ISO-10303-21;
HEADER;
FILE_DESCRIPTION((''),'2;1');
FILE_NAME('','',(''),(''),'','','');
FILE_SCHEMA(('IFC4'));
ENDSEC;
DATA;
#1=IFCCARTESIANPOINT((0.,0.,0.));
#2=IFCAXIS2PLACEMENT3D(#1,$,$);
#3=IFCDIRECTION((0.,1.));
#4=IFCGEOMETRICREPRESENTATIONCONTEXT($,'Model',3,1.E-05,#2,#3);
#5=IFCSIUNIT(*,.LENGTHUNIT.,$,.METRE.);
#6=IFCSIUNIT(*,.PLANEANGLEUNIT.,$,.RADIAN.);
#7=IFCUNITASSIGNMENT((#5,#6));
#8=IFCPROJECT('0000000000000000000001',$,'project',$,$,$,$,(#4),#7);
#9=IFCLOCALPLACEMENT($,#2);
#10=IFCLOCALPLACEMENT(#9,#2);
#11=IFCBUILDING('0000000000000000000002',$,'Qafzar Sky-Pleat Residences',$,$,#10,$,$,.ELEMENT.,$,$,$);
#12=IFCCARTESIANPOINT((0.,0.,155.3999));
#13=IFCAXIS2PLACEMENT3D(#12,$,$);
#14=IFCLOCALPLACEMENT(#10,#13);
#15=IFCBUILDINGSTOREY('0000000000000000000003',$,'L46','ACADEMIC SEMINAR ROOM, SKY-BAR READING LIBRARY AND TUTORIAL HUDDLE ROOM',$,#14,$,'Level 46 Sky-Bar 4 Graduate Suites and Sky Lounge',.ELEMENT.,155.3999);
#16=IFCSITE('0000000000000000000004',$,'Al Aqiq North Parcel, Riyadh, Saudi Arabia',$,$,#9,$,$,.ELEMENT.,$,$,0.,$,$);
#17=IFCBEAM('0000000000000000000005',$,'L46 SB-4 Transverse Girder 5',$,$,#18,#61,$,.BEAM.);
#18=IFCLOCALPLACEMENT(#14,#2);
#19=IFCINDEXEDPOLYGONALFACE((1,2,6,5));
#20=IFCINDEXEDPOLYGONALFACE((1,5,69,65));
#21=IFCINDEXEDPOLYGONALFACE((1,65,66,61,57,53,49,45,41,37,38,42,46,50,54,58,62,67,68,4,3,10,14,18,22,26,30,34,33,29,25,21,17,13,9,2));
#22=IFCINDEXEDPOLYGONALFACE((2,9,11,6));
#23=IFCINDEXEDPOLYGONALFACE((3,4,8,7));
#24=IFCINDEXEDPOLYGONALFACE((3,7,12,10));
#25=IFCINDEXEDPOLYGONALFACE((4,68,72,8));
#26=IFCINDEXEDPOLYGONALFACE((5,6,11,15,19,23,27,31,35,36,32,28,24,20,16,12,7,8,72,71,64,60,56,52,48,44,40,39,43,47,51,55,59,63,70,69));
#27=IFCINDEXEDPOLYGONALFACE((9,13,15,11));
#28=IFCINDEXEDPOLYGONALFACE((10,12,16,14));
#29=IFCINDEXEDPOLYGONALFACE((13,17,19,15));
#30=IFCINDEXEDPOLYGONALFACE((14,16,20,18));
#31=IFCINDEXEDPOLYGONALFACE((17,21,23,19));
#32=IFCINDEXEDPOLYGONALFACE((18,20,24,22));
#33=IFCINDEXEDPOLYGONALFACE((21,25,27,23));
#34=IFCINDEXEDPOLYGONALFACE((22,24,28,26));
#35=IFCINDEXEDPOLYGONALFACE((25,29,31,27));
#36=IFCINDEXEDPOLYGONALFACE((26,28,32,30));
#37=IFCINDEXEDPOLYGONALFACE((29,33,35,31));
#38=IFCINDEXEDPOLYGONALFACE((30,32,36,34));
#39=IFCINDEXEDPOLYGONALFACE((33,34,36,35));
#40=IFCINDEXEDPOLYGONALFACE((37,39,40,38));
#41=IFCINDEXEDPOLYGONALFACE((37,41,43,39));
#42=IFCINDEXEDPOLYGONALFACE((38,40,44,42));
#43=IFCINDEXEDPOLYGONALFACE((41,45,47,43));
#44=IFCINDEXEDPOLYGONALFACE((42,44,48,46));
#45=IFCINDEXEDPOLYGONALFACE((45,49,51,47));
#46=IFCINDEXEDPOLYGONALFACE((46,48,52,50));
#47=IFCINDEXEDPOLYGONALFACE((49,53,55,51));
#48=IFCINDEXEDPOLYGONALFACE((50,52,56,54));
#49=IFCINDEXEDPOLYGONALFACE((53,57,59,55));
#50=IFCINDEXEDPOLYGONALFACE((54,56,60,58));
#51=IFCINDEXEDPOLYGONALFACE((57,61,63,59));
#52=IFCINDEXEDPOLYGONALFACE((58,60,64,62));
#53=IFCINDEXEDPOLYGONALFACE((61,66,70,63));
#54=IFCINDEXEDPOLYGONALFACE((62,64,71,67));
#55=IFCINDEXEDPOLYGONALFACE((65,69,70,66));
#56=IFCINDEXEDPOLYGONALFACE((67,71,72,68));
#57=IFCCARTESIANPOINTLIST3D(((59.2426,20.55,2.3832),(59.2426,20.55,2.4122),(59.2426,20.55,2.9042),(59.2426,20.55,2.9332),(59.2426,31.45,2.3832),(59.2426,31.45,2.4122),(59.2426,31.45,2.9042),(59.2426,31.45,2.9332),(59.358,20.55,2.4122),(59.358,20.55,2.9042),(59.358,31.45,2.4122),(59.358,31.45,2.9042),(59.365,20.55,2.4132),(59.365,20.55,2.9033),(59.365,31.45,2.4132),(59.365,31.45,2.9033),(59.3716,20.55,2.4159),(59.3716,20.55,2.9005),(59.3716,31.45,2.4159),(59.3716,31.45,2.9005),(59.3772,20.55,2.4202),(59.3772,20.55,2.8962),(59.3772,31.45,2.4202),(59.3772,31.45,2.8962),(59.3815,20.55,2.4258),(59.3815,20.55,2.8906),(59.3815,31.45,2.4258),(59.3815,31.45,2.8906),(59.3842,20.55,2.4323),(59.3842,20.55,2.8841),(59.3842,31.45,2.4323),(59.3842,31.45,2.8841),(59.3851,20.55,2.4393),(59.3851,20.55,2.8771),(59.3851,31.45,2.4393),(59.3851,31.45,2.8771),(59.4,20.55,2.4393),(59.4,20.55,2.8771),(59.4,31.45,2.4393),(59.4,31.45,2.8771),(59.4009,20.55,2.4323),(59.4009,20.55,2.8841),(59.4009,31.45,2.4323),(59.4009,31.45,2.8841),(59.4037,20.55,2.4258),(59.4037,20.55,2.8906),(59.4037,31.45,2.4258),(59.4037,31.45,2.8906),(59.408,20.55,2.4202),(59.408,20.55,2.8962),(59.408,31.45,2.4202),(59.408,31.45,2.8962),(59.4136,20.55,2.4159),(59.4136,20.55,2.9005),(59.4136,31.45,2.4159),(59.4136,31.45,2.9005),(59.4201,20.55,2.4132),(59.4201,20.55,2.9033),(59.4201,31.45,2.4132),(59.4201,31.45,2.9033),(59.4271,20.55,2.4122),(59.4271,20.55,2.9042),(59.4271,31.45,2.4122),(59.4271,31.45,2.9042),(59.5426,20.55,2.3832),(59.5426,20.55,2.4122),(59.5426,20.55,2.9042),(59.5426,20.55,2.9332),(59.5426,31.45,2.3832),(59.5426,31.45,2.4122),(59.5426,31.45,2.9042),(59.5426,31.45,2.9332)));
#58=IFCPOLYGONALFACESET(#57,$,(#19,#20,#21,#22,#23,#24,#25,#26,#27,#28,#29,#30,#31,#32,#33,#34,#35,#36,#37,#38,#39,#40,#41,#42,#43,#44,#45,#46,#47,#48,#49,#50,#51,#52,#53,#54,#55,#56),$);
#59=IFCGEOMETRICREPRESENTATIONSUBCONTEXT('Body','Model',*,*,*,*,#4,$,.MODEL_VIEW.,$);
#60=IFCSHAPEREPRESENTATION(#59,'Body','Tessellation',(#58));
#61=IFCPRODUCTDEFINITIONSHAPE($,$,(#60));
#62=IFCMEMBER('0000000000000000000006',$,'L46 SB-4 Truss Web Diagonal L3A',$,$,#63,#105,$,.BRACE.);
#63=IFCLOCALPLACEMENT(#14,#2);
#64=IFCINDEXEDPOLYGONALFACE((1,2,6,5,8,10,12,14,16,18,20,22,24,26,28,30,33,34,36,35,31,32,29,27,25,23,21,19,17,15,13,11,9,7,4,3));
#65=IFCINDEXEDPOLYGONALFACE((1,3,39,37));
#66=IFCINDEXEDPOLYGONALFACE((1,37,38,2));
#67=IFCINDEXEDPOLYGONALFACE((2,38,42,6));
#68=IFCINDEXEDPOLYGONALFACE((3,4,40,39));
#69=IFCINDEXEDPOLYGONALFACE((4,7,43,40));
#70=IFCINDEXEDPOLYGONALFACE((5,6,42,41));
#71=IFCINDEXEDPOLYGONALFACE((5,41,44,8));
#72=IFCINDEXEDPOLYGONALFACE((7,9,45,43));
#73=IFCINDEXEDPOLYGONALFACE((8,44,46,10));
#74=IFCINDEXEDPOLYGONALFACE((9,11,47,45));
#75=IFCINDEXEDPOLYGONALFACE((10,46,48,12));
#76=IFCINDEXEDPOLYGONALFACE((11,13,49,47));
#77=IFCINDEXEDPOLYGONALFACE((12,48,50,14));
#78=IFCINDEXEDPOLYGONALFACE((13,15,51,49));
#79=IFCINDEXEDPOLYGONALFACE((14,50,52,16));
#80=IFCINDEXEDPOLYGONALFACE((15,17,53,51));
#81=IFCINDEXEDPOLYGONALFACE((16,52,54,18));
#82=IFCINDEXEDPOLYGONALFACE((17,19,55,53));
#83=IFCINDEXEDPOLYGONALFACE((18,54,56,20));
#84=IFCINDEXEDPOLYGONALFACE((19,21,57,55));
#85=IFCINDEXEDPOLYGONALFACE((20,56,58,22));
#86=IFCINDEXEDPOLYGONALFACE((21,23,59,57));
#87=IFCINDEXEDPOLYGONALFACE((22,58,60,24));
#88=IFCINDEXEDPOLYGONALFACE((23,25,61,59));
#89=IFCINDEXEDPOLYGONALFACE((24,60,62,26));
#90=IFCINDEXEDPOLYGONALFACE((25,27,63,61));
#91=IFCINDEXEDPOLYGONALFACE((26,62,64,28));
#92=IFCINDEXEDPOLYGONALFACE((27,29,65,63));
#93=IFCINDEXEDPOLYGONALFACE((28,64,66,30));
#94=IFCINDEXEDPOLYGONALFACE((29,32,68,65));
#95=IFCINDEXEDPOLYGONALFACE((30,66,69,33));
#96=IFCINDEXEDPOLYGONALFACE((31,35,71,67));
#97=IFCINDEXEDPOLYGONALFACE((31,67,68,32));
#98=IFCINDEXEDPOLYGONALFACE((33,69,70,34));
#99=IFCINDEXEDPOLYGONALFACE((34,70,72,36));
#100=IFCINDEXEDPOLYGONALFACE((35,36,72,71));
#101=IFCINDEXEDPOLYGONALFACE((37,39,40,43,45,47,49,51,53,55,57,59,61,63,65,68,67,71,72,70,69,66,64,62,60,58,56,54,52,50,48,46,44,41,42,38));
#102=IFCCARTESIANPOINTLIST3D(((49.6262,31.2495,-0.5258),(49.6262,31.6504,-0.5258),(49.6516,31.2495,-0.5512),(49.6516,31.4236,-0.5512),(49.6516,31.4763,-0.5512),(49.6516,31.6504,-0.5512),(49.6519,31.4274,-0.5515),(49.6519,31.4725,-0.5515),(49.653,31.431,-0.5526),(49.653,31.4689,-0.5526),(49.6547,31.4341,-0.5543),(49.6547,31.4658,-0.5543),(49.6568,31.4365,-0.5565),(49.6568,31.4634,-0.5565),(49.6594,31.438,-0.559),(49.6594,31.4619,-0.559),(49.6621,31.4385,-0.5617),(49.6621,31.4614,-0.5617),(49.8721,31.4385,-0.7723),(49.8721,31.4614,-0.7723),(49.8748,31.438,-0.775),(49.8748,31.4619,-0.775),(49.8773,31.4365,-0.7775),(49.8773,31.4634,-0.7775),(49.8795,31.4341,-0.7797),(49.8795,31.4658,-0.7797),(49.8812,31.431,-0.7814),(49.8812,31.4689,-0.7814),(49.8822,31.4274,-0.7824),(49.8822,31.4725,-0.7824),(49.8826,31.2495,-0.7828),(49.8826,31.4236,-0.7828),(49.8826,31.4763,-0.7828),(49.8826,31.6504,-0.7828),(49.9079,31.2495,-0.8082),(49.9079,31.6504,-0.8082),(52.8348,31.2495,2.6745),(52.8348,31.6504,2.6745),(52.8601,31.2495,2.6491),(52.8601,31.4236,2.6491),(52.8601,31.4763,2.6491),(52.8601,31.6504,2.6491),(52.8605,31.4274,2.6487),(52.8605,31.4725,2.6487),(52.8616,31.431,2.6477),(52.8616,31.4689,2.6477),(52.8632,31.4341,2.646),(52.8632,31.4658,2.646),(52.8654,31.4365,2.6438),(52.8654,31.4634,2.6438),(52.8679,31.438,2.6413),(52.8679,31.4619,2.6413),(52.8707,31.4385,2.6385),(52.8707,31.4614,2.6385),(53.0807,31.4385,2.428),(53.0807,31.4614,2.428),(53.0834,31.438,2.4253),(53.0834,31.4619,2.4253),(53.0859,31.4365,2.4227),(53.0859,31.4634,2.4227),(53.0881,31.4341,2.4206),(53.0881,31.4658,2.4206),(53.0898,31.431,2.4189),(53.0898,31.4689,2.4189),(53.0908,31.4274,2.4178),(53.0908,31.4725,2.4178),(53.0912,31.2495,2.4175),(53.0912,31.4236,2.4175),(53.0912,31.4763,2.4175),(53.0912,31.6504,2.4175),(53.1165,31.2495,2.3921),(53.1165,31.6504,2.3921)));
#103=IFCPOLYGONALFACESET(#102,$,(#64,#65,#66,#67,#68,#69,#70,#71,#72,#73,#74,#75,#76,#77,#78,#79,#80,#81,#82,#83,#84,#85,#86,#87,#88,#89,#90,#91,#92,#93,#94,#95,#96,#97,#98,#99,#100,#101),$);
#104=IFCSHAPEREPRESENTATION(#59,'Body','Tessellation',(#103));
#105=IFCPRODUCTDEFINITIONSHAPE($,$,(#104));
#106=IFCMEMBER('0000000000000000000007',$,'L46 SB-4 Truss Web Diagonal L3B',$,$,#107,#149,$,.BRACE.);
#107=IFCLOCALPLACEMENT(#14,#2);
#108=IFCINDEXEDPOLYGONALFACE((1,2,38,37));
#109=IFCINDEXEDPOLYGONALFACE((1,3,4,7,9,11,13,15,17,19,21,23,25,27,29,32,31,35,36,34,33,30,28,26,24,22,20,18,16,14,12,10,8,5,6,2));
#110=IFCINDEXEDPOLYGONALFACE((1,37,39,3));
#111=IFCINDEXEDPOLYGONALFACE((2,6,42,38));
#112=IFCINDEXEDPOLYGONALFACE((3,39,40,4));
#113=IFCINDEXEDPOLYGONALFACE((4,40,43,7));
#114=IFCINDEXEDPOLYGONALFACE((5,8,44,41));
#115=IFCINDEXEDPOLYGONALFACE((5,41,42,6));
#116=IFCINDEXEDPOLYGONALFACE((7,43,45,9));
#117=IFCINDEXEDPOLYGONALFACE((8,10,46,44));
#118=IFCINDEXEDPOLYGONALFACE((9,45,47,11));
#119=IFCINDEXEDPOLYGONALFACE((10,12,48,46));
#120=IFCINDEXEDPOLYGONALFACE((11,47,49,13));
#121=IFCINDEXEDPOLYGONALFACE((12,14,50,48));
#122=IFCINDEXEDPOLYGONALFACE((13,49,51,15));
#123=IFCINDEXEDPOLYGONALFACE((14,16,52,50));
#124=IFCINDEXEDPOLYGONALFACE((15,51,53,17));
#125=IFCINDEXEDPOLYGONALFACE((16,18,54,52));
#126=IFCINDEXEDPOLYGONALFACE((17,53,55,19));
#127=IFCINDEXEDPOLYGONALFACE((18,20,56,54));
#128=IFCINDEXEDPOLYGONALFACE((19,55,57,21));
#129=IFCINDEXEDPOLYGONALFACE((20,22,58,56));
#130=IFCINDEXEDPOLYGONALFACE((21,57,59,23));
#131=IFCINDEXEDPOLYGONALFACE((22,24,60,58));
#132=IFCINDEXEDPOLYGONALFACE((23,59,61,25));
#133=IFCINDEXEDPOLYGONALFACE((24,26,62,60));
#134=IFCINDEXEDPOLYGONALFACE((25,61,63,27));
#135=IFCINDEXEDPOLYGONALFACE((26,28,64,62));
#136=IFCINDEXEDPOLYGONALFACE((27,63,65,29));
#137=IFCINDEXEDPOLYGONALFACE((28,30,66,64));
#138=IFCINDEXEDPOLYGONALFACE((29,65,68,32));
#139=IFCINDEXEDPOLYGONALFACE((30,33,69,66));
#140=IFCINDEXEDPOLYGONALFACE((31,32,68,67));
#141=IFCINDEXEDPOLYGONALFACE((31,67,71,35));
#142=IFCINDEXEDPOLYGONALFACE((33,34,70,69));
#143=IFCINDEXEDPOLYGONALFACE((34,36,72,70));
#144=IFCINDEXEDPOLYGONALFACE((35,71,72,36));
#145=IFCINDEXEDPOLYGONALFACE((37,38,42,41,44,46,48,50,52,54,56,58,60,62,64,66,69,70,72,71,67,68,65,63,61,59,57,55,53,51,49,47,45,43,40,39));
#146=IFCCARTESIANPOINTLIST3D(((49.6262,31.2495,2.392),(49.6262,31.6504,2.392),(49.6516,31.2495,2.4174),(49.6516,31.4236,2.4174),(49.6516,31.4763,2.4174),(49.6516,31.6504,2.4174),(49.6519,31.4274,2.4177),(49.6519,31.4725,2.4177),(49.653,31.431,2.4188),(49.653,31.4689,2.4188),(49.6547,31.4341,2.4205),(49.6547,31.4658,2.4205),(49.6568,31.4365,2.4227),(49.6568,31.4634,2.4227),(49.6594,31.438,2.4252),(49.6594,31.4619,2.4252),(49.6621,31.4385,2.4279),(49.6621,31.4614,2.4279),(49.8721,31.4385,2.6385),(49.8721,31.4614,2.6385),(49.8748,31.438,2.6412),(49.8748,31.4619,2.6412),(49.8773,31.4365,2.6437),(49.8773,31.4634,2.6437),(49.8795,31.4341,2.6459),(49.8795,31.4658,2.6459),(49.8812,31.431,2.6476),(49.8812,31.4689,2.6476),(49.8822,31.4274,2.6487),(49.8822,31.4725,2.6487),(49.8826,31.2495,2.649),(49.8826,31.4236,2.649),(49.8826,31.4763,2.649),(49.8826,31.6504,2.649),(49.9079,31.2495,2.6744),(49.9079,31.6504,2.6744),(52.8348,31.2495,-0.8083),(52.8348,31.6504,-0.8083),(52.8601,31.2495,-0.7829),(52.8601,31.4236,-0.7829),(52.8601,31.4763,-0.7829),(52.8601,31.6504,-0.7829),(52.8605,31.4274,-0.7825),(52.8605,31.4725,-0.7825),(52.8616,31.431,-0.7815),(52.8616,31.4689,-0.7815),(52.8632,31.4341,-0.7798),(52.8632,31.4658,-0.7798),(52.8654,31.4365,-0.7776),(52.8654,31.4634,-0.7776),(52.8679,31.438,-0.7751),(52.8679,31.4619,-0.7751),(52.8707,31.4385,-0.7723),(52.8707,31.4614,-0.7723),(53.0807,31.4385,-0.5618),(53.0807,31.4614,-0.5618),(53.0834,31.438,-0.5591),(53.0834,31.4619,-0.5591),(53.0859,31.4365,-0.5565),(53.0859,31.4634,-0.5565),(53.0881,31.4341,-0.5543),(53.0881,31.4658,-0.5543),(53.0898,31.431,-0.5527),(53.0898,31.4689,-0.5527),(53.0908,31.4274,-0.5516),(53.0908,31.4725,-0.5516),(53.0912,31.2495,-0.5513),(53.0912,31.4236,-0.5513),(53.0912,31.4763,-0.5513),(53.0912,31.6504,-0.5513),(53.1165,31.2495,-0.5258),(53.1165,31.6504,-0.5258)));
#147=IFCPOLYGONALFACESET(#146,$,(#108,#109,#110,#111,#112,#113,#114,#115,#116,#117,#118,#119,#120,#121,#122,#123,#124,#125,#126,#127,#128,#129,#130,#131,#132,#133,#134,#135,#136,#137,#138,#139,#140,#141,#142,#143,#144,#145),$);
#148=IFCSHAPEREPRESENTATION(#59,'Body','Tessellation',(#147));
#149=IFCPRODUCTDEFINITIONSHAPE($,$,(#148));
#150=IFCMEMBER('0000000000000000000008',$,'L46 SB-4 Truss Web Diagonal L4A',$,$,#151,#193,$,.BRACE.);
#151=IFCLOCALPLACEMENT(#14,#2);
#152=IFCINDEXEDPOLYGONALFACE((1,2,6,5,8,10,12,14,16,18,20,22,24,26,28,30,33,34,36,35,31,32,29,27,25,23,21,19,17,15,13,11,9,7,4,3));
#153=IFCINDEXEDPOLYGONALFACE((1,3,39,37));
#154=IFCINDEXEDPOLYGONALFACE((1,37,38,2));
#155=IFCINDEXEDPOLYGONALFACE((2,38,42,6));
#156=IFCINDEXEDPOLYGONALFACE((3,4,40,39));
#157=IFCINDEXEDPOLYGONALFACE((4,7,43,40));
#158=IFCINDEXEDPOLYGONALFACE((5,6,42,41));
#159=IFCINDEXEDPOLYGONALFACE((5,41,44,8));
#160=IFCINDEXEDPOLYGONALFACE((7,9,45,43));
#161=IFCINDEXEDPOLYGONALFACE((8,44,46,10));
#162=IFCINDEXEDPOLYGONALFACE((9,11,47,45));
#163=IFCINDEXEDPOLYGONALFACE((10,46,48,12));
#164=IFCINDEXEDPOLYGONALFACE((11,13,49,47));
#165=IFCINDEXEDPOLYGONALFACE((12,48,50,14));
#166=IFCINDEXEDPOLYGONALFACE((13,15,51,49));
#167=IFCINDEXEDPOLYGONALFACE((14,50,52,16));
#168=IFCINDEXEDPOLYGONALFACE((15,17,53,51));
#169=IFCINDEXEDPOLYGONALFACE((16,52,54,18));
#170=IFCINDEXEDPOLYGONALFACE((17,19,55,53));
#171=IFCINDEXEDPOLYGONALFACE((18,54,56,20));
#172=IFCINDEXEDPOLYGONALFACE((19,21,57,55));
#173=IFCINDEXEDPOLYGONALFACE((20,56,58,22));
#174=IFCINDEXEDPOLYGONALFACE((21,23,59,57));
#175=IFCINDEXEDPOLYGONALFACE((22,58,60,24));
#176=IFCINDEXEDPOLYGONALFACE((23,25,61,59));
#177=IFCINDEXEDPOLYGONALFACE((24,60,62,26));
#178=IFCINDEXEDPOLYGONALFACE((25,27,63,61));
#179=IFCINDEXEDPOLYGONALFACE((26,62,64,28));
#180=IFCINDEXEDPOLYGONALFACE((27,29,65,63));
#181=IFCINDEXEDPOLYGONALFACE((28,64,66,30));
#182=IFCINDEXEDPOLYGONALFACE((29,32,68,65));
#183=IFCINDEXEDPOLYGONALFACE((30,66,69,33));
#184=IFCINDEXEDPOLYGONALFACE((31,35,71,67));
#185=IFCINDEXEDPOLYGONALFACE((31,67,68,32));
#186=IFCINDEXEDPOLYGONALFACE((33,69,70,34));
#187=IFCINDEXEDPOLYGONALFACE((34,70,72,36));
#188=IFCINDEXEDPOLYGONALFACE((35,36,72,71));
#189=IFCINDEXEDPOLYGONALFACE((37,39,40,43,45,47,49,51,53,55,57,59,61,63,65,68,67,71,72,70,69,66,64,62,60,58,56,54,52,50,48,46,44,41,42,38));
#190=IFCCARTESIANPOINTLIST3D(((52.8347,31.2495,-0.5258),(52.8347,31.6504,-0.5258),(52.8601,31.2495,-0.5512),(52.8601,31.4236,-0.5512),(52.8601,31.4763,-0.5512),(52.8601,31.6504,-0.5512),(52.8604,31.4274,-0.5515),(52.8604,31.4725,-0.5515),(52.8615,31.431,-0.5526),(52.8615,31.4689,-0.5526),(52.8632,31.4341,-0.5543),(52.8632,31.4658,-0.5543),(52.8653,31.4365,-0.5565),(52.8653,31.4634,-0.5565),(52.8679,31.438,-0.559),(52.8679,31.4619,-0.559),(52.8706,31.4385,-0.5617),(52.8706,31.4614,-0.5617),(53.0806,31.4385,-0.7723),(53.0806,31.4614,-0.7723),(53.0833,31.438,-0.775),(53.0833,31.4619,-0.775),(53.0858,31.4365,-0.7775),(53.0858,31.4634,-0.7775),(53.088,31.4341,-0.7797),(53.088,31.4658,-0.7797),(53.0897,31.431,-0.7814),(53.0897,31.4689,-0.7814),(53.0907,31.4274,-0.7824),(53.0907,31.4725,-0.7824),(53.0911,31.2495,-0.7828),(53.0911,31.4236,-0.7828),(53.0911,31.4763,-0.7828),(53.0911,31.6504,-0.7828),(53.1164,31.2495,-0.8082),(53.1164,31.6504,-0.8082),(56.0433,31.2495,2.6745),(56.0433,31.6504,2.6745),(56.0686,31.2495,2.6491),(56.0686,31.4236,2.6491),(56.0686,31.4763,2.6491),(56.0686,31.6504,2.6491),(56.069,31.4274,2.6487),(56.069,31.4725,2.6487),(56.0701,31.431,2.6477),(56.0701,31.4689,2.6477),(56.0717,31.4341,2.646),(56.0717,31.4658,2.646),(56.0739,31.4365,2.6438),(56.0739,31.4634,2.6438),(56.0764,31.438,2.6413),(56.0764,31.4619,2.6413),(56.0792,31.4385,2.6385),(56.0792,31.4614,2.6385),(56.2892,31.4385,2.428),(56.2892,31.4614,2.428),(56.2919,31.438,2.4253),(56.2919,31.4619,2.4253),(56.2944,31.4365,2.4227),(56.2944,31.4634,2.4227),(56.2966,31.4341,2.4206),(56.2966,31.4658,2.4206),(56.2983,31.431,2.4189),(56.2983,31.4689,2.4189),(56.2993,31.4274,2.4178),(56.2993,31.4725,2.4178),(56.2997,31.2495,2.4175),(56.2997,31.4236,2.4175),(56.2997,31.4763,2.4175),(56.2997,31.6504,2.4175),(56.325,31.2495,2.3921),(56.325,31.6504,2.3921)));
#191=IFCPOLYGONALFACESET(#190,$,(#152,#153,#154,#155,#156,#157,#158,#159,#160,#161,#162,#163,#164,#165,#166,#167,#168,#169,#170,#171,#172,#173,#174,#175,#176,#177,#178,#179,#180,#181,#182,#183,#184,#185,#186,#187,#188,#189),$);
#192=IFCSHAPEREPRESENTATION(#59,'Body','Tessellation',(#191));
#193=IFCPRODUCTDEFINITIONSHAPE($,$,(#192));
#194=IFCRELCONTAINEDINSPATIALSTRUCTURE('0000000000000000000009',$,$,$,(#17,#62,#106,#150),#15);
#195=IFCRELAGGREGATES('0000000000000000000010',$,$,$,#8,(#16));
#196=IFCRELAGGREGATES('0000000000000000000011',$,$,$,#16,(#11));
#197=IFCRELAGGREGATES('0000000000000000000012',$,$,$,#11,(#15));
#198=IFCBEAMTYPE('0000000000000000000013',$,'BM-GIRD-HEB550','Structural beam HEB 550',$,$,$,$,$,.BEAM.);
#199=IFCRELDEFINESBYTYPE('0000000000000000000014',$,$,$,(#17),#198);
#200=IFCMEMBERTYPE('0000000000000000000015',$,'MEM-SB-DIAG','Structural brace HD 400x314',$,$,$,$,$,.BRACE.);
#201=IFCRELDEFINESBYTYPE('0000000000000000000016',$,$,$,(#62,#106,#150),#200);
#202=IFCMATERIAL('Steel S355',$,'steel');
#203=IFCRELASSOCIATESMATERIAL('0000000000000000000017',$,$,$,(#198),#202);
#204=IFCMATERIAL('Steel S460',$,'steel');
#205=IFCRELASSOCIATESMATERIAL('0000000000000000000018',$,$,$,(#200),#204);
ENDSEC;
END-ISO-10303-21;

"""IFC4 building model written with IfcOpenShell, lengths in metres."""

from ifc_helpers import new_model, si_unit, direction, frame, origin, origin_2d, place, context, subcontext, project, spatial, i_section, extrude, source, transform, mapped, material, material_profile, profile_set, type_object, element, save


model = new_model("IFC4")

# Units and contexts
model_context = context("Model", 3, precision=1e-05, world=origin(), true_north=direction((0.0, 1.0)))
body_context = subcontext(model_context, "Body", "Model", "MODEL_VIEW")
ifc_project = project(units=[si_unit("LENGTHUNIT", "METRE"), si_unit("PLANEANGLEUNIT", "RADIAN")], contexts=[model_context])

# Site, building, storey
site_placement = place(None, origin())
site = spatial("IfcSite", under=ifc_project, at=site_placement, Name="Al Aqiq North Parcel, Riyadh, Saudi Arabia", CompositionType="ELEMENT", RefElevation=0.0)
building_placement = place(site_placement, origin())
building = spatial("IfcBuilding", under=site, at=building_placement, Name="Qafzar Sky-Pleat Residences", CompositionType="ELEMENT")
storey_placement = place(building_placement, frame((0.0, 0.0, 155.3999)))
storey = spatial("IfcBuildingStorey", under=building, at=storey_placement, Name="L46", Description="ACADEMIC SEMINAR ROOM, SKY-BAR READING LIBRARY AND TUTORIAL HUDDLE ROOM", LongName="Level 46 Sky-Bar 4 Graduate Suites and Sky Lounge", CompositionType="ELEMENT", Elevation=155.3999)

# Beam
ifc_material_1 = material(Name="Steel S460", Category="steel")
ifc_material_2 = material(Name="Steel S355", Category="steel")
ifc_material_profile_1 = material_profile(ifc_material_2, i_section(OverallWidth=0.3, OverallDepth=0.55, WebThickness=0.0149, FlangeThickness=0.0291, FilletRadius=0.0271, at=origin_2d()), Name="HEB 550")
ifc_profile_set_1 = profile_set([ifc_material_profile_1], Name="Steel S355")
beam_type_1 = type_object("IfcBeamType", Name="BM-GIRD-HEB550", Description="Structural beam HEB 550", PredefinedType="BEAM", material=ifc_profile_set_1)
shared_shape_1 = source(origin(), body_context, "Body", "SweptSolid", [
    extrude(i_section(OverallWidth=0.3, OverallDepth=0.55, WebThickness=0.0149, FlangeThickness=0.0291, FilletRadius=0.0271, at=origin_2d()), origin(), (0.0, 0.0, 1.0), 10.8999),
])
for number, where, z_axis, x_axis, name in (
    (1, (59.3926, 31.45, 2.6582), (0.0, -1.0, 0.0), (1.0, 0.0, 0.0), "L46 SB-4 Transverse Girder 5"),
):
    element("IfcBeam", number, at=place(storey_placement, frame(where, z_axis=z_axis, x_axis=x_axis)), inside=storey, type_object=beam_type_1, Name=name, PredefinedType="BEAM", context=body_context, shape_type="MappedRepresentation", body=[
        mapped(shared_shape_1, transform((0.0, 0.0, 0.0), x_axis=(1.0, 0.0, 0.0), y_axis=(0.0, 1.0, 0.0), z_axis=(0.0, 0.0, 1.0), scale=1.0)),
    ])

# Members
ifc_material_profile_2 = material_profile(ifc_material_1, i_section(OverallWidth=0.4009, OverallDepth=0.3989, WebThickness=0.0229, FlangeThickness=0.0359, FilletRadius=0.0149, at=origin_2d()), Name="HD 400x314")
ifc_profile_set_2 = profile_set([ifc_material_profile_2], Name="Steel S460")
member_type_1 = type_object("IfcMemberType", Name="MEM-SB-DIAG", Description="Structural brace HD 400x314", PredefinedType="BRACE", material=ifc_profile_set_2)
shared_shape_2 = source(origin(), body_context, "Body", "SweptSolid", [
    extrude(i_section(OverallWidth=0.4009, OverallDepth=0.3989, WebThickness=0.0229, FlangeThickness=0.0359, FilletRadius=0.0149, at=origin_2d()), origin(), (0.0, 0.0, 1.0), 4.5317),
])
for number, where, z_axis, x_axis, name in (
    (2, (49.7671, 31.45, -0.667), (0.708022, 0.0, 0.70619), (0.0, 1.0, 0.0), "L46 SB-4 Truss Web Diagonal L3A"),
    (3, (49.7671, 31.45, 2.5332), (0.708022, 0.0, -0.70619), (0.0, 1.0, 0.0), "L46 SB-4 Truss Web Diagonal L3B"),
    (4, (52.9756, 31.45, -0.667), (0.708022, 0.0, 0.70619), (0.0, 1.0, 0.0), "L46 SB-4 Truss Web Diagonal L4A"),
):
    element("IfcMember", number, at=place(storey_placement, frame(where, z_axis=z_axis, x_axis=x_axis)), inside=storey, type_object=member_type_1, Name=name, PredefinedType="BRACE", context=body_context, shape_type="MappedRepresentation", body=[
        mapped(shared_shape_2, transform((0.0, 0.0, 0.0), x_axis=(1.0, 0.0, 0.0), y_axis=(0.0, 1.0, 0.0), z_axis=(0.0, 0.0, 1.0), scale=1.0)),
    ])

save(model, "model.ifc")
